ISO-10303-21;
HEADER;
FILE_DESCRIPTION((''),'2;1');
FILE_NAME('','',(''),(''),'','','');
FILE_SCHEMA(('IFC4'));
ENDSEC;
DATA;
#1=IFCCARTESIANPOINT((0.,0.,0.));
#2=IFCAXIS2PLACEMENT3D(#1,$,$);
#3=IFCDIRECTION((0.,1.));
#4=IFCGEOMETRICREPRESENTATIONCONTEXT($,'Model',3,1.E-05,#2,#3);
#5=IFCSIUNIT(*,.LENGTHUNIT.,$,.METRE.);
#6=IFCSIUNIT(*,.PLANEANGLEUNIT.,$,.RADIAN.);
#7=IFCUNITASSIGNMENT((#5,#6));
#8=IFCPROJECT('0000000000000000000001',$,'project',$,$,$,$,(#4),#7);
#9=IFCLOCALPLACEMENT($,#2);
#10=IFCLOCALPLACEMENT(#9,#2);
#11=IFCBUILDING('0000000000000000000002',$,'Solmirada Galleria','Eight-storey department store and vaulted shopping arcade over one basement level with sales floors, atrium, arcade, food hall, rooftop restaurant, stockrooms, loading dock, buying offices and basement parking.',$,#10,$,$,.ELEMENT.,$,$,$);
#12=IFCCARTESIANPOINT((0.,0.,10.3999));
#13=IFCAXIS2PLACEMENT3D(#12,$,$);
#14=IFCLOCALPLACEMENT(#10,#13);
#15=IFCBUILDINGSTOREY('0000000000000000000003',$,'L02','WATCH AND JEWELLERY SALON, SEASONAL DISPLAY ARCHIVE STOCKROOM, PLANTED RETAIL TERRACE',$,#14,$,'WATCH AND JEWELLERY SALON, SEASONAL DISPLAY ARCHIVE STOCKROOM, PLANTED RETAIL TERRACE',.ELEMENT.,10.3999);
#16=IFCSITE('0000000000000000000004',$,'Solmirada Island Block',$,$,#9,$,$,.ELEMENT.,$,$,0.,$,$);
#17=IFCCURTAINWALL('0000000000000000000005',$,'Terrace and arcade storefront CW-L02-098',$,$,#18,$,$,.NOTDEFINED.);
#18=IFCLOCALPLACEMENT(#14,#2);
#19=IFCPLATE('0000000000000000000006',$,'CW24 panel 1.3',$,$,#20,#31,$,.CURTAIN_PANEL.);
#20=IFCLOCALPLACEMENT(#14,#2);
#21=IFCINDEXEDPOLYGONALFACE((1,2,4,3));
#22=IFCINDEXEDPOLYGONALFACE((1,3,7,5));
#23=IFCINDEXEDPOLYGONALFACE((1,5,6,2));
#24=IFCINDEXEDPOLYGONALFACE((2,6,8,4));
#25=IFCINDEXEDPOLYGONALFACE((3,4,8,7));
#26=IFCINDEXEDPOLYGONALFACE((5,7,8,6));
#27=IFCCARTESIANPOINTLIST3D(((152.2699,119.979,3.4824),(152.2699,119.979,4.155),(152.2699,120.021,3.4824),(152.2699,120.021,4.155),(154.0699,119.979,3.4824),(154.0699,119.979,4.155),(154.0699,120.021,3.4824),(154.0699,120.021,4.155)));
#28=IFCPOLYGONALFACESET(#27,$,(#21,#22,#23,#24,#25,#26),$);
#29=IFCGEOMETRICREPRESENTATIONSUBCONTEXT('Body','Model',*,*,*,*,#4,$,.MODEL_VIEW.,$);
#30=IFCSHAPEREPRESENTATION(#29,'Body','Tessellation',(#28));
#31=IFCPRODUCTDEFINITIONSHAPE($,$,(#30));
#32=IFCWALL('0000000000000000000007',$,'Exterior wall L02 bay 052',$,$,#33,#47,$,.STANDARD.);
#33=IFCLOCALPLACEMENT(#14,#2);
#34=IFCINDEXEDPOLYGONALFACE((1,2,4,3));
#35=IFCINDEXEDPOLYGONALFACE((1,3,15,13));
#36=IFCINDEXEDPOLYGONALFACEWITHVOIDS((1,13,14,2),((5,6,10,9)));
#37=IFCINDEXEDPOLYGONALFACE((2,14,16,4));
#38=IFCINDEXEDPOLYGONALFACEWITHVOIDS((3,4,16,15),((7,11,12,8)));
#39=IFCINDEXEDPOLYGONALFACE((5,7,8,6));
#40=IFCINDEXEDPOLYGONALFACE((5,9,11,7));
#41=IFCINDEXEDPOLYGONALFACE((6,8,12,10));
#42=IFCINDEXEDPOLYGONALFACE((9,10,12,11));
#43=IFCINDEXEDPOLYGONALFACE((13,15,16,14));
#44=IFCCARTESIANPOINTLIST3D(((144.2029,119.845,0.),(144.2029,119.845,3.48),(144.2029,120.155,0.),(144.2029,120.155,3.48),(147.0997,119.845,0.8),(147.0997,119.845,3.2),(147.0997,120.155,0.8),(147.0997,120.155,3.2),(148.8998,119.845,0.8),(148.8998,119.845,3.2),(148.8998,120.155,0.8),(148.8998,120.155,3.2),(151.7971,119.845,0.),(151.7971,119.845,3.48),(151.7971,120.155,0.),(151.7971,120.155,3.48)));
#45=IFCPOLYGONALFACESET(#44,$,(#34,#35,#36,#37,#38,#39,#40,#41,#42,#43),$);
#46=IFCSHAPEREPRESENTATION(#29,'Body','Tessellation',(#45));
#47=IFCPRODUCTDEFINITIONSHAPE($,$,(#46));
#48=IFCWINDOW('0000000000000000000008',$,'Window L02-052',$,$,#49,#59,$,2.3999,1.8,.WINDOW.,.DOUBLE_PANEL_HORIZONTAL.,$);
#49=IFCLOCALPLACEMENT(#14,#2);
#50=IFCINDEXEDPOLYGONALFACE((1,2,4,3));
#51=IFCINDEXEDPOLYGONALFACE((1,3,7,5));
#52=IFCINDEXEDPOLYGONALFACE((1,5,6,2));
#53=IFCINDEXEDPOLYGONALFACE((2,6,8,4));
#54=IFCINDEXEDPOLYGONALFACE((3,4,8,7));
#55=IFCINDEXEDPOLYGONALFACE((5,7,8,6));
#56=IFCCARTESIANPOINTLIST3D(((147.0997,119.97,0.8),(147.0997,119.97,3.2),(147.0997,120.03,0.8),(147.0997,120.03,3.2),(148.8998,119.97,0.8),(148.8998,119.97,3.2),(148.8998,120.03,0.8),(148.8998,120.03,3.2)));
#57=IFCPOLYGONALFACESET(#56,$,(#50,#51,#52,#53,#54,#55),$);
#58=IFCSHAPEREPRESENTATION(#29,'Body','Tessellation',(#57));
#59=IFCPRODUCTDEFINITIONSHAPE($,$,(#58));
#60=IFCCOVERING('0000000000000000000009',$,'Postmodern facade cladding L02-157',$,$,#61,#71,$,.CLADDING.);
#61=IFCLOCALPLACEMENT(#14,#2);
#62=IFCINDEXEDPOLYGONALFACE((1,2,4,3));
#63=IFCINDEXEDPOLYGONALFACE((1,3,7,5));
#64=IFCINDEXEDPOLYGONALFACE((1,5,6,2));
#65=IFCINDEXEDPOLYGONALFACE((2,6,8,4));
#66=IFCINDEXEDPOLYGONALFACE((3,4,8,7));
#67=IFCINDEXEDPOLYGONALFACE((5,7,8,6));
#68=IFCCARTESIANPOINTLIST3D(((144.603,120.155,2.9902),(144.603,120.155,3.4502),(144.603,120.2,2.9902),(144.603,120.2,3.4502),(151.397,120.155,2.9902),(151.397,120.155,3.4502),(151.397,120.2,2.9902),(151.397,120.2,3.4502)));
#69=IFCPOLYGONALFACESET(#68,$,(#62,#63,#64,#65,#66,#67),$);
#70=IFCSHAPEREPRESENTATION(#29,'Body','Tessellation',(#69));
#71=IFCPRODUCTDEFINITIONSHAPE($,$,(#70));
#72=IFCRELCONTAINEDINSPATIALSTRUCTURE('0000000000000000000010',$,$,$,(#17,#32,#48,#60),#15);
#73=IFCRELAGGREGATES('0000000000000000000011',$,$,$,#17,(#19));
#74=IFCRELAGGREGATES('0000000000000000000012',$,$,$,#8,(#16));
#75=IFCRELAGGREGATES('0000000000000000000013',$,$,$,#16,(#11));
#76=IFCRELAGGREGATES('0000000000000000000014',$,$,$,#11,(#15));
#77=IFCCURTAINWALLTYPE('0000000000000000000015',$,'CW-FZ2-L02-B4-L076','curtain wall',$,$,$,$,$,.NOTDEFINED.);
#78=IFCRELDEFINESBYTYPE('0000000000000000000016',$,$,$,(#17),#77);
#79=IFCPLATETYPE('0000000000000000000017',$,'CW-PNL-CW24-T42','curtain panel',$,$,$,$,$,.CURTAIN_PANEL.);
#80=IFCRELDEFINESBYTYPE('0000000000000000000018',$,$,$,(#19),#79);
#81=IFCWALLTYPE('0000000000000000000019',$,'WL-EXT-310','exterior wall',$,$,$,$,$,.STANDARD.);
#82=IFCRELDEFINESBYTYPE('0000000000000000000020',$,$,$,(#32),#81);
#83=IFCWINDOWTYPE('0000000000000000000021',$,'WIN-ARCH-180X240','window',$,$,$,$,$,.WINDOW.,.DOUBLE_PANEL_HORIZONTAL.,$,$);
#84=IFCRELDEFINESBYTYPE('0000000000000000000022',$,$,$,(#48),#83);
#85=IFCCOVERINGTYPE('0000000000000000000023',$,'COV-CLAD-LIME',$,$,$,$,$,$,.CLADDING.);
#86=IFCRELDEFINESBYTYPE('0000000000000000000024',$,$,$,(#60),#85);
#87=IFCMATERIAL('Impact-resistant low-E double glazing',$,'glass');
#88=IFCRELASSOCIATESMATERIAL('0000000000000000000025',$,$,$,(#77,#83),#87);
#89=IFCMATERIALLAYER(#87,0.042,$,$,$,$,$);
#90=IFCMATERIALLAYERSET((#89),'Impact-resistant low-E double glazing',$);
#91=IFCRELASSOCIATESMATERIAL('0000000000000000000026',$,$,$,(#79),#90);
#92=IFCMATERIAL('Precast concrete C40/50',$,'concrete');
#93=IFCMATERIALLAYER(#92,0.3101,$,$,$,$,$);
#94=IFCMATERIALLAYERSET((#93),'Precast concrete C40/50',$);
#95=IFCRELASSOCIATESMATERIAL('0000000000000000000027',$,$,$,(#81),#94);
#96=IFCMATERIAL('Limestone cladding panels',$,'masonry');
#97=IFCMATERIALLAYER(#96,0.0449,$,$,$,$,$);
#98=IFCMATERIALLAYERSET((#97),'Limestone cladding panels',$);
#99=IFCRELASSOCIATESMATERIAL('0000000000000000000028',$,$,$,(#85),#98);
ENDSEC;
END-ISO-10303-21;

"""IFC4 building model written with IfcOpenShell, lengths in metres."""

from ifc_helpers import new_model, si_unit, direction, frame, frame_2d, origin, origin_2d, place, context, subcontext, project, spatial, rectangle, extrude, material, layer, layer_set, type_object, element, fill, aggregate, save


model = new_model("IFC4")

# Units and contexts
model_context = context("Model", 3, precision=1e-05, world=origin(), true_north=direction((0.0, 1.0)))
body_context = subcontext(model_context, "Body", "Model", "MODEL_VIEW")
ifc_project = project(units=[si_unit("LENGTHUNIT", "METRE"), si_unit("PLANEANGLEUNIT", "RADIAN")], contexts=[model_context])

# Site, building, storey
site_placement = place(None, origin())
site = spatial("IfcSite", under=ifc_project, at=site_placement, Name="Solmirada Island Block", CompositionType="ELEMENT", RefElevation=0.0)
building_placement = place(site_placement, origin())
building = spatial("IfcBuilding", under=site, at=building_placement, Name="Solmirada Galleria", Description="Eight-storey department store and vaulted shopping arcade over one basement level with sales floors, atrium, arcade, food hall, rooftop restaurant, stockrooms, loading dock, buying offices and basement parking.", CompositionType="ELEMENT")
storey_placement = place(building_placement, frame((0.0, 0.0, 10.3999)))
storey = spatial("IfcBuildingStorey", under=building, at=storey_placement, Name="L02", Description="WATCH AND JEWELLERY SALON, SEASONAL DISPLAY ARCHIVE STOCKROOM, PLANTED RETAIL TERRACE", LongName="WATCH AND JEWELLERY SALON, SEASONAL DISPLAY ARCHIVE STOCKROOM, PLANTED RETAIL TERRACE", CompositionType="ELEMENT", Elevation=10.3999)

# Shared definitions
ifc_material_1 = material(Name="Impact-resistant low-E double glazing", Category="glass")
curtain_wall_type = type_object("IfcCurtainWallType", Name="CW-FZ2-L02-B4-L076", Description="curtain wall", PredefinedType="NOTDEFINED", material=ifc_material_1)

# Curtain wall
curtain_wall_1_placement = place(storey_placement, origin())
curtain_wall_1 = element("IfcCurtainWall", 1, at=curtain_wall_1_placement, inside=storey, type_object=curtain_wall_type, Name="Terrace and arcade storefront CW-L02-098", PredefinedType="NOTDEFINED")

# Plate
ifc_layer_1 = layer(ifc_material_1, 0.042)
ifc_layer_set_1 = layer_set([ifc_layer_1], Name="Impact-resistant low-E double glazing")
plate_type = type_object("IfcPlateType", Name="CW-PNL-CW24-T42", Description="curtain panel", PredefinedType="CURTAIN_PANEL", material=ifc_layer_set_1)
plate_1_placement = place(storey_placement, frame((153.1699, 120.0, 3.4824), z_axis=(0.0, 0.0, 1.0), x_axis=(1.0, 0.0, 0.0)))
plate_1 = element("IfcPlate", 2, at=plate_1_placement, type_object=plate_type, Name="CW24 panel 1.3", PredefinedType="CURTAIN_PANEL", context=body_context, shape_type="SweptSolid", body=[
    extrude(rectangle(XDim=1.8, YDim=0.042, at=origin_2d()), origin(), (0.0, 0.0, 1.0), 0.6726),
])
aggregate(curtain_wall_1, [plate_1])

# Wall, opening, window
ifc_material_2 = material(Name="Precast concrete C40/50", Category="concrete")
ifc_layer_2 = layer(ifc_material_2, 0.3101)
ifc_layer_set_2 = layer_set([ifc_layer_2], Name="Precast concrete C40/50")
wall_type = type_object("IfcWallType", Name="WL-EXT-310", Description="exterior wall", PredefinedType="STANDARD", material=ifc_layer_set_2)
wall_placement = place(storey_placement, frame((144.2029, 120.0, 0.0), z_axis=(0.0, 0.0, 1.0), x_axis=(1.0, 0.0, 0.0)))
wall = element("IfcWall", 3, at=wall_placement, inside=storey, type_object=wall_type, Name="Exterior wall L02 bay 052", PredefinedType="STANDARD", context=body_context, shape_type="SweptSolid", body=[
    extrude(rectangle(XDim=7.5942, YDim=0.3101, at=frame_2d((3.7971, 0.0))), origin(), (0.0, 0.0, 1.0), 3.48),
])
opening_placement = place(wall_placement, frame((2.897, 0.0, 0.8)))
opening = element("IfcOpeningElement", 4, at=opening_placement, cuts=wall, PredefinedType="OPENING", context=body_context, shape_type="SweptSolid", body=[
    extrude(rectangle(XDim=1.8, YDim=2.3999, at=frame_2d((0.8999, 1.2))), frame((0.0, 0.165, 0.0), z_axis=(0.0, -1.0, 0.0), x_axis=(1.0, 0.0, 0.0)), (0.0, 0.0, 1.0), 0.3301),
])
window_type = type_object("IfcWindowType", Name="WIN-ARCH-180X240", Description="window", PartitioningType="DOUBLE_PANEL_HORIZONTAL", PredefinedType="WINDOW", material=ifc_material_1)
window_placement = place(opening_placement, origin())
window = element("IfcWindow", 5, at=window_placement, inside=storey, type_object=window_type, Name="Window L02-052", OverallHeight=2.3999, OverallWidth=1.8, PartitioningType="DOUBLE_PANEL_HORIZONTAL", PredefinedType="WINDOW", context=body_context, shape_type="SweptSolid", body=[
    extrude(rectangle(XDim=1.8, YDim=2.3999, at=frame_2d((0.8999, 1.2))), frame((0.0, 0.03, 0.0), z_axis=(0.0, -1.0, 0.0), x_axis=(1.0, 0.0, 0.0)), (0.0, 0.0, 1.0), 0.0601),
])
fill(opening, window)

# Covering
ifc_material_3 = material(Name="Limestone cladding panels", Category="masonry")
ifc_layer_3 = layer(ifc_material_3, 0.0449)
ifc_layer_set_3 = layer_set([ifc_layer_3], Name="Limestone cladding panels")
covering_type = type_object("IfcCoveringType", Name="COV-CLAD-LIME", PredefinedType="CLADDING", material=ifc_layer_set_3)
covering_placement = place(storey_placement, frame((148.0, 120.1775, 2.9902), z_axis=(0.0, 0.0, 1.0), x_axis=(1.0, 0.0, 0.0)))
element("IfcCovering", 6, at=covering_placement, inside=storey, type_object=covering_type, Name="Postmodern facade cladding L02-157", PredefinedType="CLADDING", context=body_context, shape_type="SweptSolid", body=[
    extrude(rectangle(XDim=6.7939, YDim=0.0449, at=origin_2d()), origin(), (0.0, 0.0, 1.0), 0.46),
])

save(model, "model.ifc")
